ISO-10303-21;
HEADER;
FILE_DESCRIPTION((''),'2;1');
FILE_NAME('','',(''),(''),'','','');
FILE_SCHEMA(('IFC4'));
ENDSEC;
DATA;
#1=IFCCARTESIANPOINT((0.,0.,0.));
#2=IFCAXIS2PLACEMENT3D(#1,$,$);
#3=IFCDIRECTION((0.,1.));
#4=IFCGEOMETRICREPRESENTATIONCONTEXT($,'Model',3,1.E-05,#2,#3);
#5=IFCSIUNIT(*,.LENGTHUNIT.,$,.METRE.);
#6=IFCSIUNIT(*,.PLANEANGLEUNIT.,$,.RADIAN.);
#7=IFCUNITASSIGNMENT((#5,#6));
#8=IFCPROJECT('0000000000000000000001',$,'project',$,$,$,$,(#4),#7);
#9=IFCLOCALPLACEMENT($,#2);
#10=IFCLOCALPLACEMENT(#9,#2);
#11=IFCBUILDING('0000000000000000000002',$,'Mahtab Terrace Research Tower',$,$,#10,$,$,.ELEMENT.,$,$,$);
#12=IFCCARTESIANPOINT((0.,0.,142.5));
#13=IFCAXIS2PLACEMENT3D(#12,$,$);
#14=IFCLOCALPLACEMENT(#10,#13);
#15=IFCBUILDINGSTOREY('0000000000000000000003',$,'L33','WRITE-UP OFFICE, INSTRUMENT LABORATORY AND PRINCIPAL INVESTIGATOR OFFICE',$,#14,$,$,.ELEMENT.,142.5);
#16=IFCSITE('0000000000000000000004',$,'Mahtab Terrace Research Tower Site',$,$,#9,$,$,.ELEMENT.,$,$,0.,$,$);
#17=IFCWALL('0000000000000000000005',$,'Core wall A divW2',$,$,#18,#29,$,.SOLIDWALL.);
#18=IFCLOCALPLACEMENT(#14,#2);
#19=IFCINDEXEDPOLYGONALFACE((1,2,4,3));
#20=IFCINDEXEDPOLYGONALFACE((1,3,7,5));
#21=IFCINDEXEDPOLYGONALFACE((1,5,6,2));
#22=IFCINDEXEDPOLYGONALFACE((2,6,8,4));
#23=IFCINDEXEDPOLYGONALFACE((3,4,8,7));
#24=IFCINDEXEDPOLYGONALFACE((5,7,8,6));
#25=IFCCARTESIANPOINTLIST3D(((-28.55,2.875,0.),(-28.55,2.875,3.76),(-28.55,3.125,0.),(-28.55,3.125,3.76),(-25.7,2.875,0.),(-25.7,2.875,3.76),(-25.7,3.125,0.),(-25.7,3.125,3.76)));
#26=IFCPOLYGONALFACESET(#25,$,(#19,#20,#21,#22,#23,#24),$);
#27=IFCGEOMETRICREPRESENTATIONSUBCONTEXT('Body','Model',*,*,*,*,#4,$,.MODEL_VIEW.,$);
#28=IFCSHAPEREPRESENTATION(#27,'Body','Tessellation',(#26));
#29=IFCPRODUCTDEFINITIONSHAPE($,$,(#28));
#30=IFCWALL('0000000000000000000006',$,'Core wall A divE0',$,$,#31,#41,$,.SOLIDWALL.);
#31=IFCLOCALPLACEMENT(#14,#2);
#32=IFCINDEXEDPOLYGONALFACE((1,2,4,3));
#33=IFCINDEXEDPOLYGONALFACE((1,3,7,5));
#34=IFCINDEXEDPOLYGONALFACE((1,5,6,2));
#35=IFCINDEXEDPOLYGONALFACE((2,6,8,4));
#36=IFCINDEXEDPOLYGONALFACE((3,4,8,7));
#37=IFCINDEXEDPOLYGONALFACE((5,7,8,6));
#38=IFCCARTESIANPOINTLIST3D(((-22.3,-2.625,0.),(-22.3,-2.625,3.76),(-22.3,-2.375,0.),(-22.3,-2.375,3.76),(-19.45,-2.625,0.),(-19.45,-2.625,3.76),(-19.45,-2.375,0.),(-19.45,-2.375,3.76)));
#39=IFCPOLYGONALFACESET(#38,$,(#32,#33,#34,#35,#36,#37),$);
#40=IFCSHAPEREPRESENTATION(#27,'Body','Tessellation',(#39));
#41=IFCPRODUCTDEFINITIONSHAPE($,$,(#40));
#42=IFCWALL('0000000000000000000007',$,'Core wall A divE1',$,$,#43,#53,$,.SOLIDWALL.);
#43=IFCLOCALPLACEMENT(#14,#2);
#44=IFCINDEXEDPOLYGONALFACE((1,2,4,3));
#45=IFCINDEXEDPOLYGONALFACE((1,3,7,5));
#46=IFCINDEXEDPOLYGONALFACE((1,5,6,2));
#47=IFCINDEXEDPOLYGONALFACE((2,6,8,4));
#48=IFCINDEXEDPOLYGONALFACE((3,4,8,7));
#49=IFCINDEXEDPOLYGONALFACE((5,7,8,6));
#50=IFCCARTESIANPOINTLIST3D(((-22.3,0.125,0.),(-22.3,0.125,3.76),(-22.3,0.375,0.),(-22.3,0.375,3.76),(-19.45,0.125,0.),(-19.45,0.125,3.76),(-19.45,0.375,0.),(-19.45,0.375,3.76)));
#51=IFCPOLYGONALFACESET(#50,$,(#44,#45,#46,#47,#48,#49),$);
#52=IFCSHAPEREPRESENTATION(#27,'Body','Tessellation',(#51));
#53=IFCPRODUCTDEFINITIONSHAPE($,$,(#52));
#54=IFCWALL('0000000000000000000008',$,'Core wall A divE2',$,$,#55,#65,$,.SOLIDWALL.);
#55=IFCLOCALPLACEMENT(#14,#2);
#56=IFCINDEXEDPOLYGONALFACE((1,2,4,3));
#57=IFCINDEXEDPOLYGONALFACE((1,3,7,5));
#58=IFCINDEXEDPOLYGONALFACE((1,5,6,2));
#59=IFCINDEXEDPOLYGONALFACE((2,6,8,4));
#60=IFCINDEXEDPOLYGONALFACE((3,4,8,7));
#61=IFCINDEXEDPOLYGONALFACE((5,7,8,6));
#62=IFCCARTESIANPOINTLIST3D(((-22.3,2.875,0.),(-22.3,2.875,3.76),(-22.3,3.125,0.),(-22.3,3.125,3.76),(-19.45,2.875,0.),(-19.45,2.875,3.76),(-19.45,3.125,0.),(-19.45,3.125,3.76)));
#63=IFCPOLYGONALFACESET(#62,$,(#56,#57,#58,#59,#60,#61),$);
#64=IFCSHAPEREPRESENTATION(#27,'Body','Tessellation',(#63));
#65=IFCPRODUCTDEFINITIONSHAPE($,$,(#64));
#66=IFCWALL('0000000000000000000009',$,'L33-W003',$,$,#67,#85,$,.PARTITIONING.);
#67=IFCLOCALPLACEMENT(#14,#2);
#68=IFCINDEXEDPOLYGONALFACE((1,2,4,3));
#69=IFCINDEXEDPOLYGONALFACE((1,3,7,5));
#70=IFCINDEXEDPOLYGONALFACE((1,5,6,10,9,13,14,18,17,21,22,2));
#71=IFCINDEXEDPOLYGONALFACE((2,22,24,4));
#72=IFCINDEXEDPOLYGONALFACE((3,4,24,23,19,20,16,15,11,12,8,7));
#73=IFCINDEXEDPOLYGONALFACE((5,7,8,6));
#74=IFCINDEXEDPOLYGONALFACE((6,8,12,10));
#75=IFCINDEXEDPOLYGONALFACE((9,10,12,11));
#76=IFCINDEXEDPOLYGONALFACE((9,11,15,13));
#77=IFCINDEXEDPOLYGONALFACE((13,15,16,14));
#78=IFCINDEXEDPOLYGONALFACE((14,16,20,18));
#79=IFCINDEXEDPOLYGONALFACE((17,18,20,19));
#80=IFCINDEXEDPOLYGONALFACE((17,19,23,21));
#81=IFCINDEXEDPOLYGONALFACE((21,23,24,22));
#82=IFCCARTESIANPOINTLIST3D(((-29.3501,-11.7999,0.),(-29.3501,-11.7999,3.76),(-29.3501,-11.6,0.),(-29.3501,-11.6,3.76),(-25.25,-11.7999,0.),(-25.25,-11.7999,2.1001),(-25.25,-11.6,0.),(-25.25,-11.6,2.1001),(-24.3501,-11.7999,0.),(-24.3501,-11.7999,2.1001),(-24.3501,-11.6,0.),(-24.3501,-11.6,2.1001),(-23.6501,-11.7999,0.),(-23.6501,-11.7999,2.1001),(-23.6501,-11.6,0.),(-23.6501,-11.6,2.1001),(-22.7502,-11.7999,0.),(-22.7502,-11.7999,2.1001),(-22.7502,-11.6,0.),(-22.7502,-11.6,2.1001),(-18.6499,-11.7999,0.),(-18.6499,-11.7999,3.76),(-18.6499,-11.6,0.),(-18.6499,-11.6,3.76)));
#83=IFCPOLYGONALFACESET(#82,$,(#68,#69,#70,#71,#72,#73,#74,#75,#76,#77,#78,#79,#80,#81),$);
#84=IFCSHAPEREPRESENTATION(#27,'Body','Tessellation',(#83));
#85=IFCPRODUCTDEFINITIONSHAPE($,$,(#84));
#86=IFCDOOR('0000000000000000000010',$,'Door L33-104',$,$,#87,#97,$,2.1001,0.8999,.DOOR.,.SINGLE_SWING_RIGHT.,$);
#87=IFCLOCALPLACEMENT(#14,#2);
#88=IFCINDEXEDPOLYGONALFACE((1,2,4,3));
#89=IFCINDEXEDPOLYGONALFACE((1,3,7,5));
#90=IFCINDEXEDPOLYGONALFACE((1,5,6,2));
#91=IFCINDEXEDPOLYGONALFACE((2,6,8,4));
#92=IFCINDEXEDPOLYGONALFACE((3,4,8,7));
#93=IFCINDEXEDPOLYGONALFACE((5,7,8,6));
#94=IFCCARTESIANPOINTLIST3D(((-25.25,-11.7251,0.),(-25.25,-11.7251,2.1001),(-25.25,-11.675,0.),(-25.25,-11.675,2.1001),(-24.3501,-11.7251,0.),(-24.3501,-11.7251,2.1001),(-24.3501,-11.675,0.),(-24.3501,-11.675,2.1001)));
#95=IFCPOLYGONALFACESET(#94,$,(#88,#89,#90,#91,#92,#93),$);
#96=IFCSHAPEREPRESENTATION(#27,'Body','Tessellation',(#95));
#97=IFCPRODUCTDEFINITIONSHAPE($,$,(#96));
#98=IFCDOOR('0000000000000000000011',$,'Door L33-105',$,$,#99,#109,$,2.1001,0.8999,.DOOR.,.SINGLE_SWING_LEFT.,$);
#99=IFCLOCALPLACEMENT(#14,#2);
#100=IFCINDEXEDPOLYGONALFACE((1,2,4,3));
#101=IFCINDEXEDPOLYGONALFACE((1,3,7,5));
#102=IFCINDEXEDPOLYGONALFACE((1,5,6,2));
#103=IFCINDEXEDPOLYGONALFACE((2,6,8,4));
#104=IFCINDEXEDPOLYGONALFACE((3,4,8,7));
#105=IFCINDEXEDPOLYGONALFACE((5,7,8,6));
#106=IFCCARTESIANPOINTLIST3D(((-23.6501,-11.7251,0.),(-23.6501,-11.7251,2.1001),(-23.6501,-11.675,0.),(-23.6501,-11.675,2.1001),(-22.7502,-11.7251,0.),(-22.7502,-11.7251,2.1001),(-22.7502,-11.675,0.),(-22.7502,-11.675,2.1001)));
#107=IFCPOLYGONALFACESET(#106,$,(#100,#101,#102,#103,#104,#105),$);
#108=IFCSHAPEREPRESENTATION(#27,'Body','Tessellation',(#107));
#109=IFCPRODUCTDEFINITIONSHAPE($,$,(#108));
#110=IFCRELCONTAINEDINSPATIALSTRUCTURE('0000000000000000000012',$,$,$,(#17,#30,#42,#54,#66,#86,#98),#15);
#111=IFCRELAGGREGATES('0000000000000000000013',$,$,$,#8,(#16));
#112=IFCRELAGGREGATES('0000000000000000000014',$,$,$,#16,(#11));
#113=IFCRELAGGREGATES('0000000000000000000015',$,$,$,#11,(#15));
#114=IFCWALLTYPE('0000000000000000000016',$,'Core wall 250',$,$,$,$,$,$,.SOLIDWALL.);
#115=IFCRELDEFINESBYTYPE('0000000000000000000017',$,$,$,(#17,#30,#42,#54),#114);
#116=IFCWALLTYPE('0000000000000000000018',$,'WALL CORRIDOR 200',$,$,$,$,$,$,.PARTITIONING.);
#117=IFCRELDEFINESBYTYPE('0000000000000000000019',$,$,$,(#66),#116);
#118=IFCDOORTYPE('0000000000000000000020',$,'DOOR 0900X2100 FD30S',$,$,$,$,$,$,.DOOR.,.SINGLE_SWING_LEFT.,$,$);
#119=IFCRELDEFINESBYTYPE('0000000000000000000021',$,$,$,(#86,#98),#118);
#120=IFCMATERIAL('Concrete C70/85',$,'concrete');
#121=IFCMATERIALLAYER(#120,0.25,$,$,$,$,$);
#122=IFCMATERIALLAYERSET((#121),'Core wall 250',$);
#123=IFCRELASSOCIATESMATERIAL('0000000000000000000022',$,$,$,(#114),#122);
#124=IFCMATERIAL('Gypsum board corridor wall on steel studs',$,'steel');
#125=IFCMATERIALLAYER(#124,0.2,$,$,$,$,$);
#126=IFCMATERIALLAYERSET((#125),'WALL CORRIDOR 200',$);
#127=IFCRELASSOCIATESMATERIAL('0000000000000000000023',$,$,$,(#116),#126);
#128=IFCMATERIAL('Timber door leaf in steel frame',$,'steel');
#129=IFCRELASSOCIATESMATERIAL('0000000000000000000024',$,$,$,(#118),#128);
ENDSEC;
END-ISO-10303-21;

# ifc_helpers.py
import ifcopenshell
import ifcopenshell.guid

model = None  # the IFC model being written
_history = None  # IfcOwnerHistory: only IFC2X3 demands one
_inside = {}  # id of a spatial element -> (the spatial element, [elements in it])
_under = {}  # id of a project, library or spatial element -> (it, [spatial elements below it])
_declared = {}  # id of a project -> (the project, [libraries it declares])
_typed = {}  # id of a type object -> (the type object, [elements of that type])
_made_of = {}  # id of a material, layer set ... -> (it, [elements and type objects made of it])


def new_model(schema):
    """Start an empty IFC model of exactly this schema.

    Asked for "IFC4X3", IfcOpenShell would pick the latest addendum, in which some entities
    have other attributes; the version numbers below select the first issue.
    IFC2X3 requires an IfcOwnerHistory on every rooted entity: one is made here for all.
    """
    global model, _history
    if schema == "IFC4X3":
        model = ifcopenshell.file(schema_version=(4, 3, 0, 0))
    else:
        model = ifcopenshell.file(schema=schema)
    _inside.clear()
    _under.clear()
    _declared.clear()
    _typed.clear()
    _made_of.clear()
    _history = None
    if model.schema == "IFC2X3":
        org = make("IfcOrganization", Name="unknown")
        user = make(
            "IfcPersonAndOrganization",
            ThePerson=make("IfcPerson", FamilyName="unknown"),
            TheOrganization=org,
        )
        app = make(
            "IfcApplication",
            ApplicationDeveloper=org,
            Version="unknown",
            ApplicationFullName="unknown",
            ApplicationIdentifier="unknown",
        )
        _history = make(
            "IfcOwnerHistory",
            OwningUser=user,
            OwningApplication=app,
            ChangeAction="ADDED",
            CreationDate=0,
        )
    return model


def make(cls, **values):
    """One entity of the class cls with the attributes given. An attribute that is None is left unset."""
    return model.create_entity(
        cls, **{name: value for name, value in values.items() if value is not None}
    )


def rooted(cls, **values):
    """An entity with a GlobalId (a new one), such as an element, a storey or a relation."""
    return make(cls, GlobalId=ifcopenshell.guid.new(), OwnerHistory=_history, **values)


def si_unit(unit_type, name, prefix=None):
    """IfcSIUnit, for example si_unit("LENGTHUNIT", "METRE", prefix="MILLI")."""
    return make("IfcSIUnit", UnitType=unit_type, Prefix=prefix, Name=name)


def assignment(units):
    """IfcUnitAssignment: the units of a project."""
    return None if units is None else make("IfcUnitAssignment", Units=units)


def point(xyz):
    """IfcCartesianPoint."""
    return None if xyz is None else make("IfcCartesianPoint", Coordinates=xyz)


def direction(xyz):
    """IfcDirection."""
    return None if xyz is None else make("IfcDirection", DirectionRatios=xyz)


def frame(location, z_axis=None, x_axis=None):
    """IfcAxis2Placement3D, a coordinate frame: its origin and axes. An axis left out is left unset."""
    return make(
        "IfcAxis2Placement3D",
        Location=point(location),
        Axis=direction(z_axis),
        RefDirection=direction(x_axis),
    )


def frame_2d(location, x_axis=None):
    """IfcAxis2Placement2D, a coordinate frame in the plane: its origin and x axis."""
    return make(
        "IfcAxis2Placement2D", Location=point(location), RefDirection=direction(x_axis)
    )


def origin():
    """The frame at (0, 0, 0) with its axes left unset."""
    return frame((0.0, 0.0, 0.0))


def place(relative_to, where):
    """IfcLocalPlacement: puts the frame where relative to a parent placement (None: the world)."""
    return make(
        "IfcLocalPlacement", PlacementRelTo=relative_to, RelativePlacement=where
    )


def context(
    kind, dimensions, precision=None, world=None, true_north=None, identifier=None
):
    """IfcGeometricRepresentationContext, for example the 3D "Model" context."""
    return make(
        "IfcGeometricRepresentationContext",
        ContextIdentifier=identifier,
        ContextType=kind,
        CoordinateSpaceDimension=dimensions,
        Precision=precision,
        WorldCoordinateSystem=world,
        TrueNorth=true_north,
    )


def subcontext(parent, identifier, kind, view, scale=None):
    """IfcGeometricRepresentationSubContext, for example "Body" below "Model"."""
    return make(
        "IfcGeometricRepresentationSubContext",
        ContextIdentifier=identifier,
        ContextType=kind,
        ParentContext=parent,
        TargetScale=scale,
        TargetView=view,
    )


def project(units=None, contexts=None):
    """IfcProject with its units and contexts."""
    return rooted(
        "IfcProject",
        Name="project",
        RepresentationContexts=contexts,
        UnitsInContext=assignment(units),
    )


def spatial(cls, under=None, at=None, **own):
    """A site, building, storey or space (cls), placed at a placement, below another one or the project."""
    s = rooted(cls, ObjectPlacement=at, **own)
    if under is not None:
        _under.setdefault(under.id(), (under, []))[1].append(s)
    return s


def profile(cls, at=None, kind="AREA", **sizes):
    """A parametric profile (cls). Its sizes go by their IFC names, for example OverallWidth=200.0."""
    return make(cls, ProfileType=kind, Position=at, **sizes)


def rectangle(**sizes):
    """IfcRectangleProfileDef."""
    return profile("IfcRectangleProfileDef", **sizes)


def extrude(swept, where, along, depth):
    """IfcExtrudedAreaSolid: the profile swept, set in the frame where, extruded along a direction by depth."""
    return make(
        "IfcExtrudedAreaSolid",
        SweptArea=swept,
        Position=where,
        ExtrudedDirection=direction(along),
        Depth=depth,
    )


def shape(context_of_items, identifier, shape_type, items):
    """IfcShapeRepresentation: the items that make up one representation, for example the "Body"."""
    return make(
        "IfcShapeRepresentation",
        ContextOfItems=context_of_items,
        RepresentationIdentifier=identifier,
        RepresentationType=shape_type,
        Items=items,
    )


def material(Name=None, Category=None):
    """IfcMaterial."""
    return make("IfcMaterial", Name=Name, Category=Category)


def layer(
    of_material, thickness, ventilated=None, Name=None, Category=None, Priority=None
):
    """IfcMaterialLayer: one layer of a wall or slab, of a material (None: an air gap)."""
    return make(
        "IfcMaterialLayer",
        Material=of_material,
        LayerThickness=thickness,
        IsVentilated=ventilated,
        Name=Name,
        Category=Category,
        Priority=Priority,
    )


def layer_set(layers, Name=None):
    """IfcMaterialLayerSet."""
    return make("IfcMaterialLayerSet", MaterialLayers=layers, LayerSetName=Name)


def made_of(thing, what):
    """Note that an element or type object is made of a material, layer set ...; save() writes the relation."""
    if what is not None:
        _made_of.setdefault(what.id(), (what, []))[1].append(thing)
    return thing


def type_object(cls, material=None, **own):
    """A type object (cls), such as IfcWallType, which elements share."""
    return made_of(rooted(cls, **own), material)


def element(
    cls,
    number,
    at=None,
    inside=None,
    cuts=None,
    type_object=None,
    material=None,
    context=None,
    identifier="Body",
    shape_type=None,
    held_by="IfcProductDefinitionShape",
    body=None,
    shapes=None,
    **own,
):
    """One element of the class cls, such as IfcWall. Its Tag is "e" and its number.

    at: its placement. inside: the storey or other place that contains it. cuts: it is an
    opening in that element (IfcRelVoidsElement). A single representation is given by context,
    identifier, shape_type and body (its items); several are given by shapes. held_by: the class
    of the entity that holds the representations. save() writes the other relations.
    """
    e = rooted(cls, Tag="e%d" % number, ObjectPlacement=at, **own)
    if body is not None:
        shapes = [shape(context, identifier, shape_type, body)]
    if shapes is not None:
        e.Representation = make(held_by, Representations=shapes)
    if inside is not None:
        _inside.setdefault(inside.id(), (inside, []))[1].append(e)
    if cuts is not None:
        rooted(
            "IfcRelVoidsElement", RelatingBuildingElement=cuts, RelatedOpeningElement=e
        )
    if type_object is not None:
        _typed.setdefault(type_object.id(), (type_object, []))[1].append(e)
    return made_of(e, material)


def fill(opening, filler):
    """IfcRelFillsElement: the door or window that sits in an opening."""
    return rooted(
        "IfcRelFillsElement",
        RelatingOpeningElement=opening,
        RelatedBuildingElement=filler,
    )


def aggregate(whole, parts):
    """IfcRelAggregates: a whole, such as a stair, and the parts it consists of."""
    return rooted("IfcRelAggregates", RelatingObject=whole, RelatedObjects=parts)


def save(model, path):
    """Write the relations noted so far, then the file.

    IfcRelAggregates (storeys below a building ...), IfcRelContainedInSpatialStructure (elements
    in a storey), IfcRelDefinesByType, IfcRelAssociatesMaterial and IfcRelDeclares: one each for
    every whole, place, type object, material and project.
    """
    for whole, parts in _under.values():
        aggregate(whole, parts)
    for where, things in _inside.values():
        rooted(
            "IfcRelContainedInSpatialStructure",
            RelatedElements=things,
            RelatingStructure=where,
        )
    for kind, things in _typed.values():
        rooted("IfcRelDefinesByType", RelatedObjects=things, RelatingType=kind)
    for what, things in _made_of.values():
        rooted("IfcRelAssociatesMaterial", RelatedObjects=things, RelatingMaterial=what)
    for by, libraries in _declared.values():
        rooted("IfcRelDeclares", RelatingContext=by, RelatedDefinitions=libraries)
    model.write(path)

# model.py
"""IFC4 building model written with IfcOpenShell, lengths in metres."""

from ifc_helpers import new_model, si_unit, direction, frame, frame_2d, origin, place, context, subcontext, project, spatial, rectangle, extrude, material, layer, layer_set, type_object, element, fill, save


model = new_model("IFC4")

# Units and contexts
model_context = context("Model", 3, precision=1e-05, world=origin(), true_north=direction((0.0, 1.0)))
body_context = subcontext(model_context, "Body", "Model", "MODEL_VIEW")
ifc_project = project(units=[si_unit("LENGTHUNIT", "METRE"), si_unit("PLANEANGLEUNIT", "RADIAN")], contexts=[model_context])

# Site, building, storey
site_placement = place(None, origin())
site = spatial("IfcSite", under=ifc_project, at=site_placement, Name="Mahtab Terrace Research Tower Site", CompositionType="ELEMENT", RefElevation=0.0)
building_placement = place(site_placement, origin())
building = spatial("IfcBuilding", under=site, at=building_placement, Name="Mahtab Terrace Research Tower", CompositionType="ELEMENT")
storey_placement = place(building_placement, frame((0.0, 0.0, 142.5)))
storey = spatial("IfcBuildingStorey", under=building, at=storey_placement, Name="L33", Description="WRITE-UP OFFICE, INSTRUMENT LABORATORY AND PRINCIPAL INVESTIGATOR OFFICE", CompositionType="ELEMENT", Elevation=142.5)

# Shared definitions
ifc_material_1 = material(Name="Concrete C70/85", Category="concrete")

# Shared definitions
ifc_layer_1 = layer(ifc_material_1, 0.25)
ifc_layer_set_1 = layer_set([ifc_layer_1], Name="Core wall 250")
wall_type_1 = type_object("IfcWallType", Name="Core wall 250", PredefinedType="SOLIDWALL", material=ifc_layer_set_1)

# Walls
for number, where, z_axis, x_axis, name in (
    (1, (-28.55, 3.0, 0.0), (0.0, 0.0, 1.0), (1.0, 0.0, 0.0), "Core wall A divW2"),
    (2, (-22.3, -2.5, 0.0), (0.0, 0.0, 1.0), (1.0, 0.0, 0.0), "Core wall A divE0"),
    (3, (-22.3, 0.25, 0.0), (0.0, 0.0, 1.0), (1.0, 0.0, 0.0), "Core wall A divE1"),
    (4, (-22.3, 3.0, 0.0), (0.0, 0.0, 1.0), (1.0, 0.0, 0.0), "Core wall A divE2"),
):
    element("IfcWall", number, at=place(storey_placement, frame(where, z_axis=z_axis, x_axis=x_axis)), inside=storey, type_object=wall_type_1, Name=name, PredefinedType="SOLIDWALL", context=body_context, shape_type="SweptSolid", body=[
        extrude(rectangle(XDim=2.8501, YDim=0.25, at=frame_2d((1.425, 0.0))), origin(), (0.0, 0.0, 1.0), 3.76),
    ])

# Wall, openings, doors
ifc_material_2 = material(Name="Gypsum board corridor wall on steel studs", Category="steel")
ifc_layer_2 = layer(ifc_material_2, 0.2)
ifc_layer_set_2 = layer_set([ifc_layer_2], Name="WALL CORRIDOR 200")
wall_type_2 = type_object("IfcWallType", Name="WALL CORRIDOR 200", PredefinedType="PARTITIONING", material=ifc_layer_set_2)
wall_1_placement = place(storey_placement, frame((-29.3501, -11.7, 0.0), z_axis=(0.0, 0.0, 1.0), x_axis=(1.0, 0.0, 0.0)))
wall_1 = element("IfcWall", 5, at=wall_1_placement, inside=storey, type_object=wall_type_2, Name="L33-W003", PredefinedType="PARTITIONING", context=body_context, shape_type="SweptSolid", body=[
    extrude(rectangle(XDim=10.7002, YDim=0.2, at=frame_2d((5.3501, 0.0))), origin(), (0.0, 0.0, 1.0), 3.76),
])
opening_1_placement = place(wall_1_placement, frame((4.1001, 0.0, 0.0)))
opening_1 = element("IfcOpeningElement", 6, at=opening_1_placement, cuts=wall_1, PredefinedType="OPENING", context=body_context, shape_type="SweptSolid", body=[
    extrude(rectangle(XDim=0.8999, YDim=2.1001, at=frame_2d((0.45, 1.05))), frame((0.0, 0.1099, 0.0), z_axis=(0.0, -1.0, 0.0), x_axis=(1.0, 0.0, 0.0)), (0.0, 0.0, 1.0), 0.22),
])
opening_2_placement = place(wall_1_placement, frame((5.7, 0.0, 0.0)))
opening_2 = element("IfcOpeningElement", 7, at=opening_2_placement, cuts=wall_1, PredefinedType="OPENING", context=body_context, shape_type="SweptSolid", body=[
    extrude(rectangle(XDim=0.8999, YDim=2.1001, at=frame_2d((0.45, 1.05))), frame((0.0, 0.1099, 0.0), z_axis=(0.0, -1.0, 0.0), x_axis=(1.0, 0.0, 0.0)), (0.0, 0.0, 1.0), 0.22),
])
ifc_material_3 = material(Name="Timber door leaf in steel frame", Category="steel")
door_type_1 = type_object("IfcDoorType", Name="DOOR 0900X2100 FD30S", OperationType="SINGLE_SWING_LEFT", PredefinedType="DOOR", material=ifc_material_3)
door_1_placement = place(opening_1_placement, origin())
door_1 = element("IfcDoor", 8, at=door_1_placement, inside=storey, type_object=door_type_1, Name="Door L33-104", OperationType="SINGLE_SWING_RIGHT", OverallHeight=2.1001, OverallWidth=0.8999, PredefinedType="DOOR", context=body_context, shape_type="SweptSolid", body=[
    extrude(rectangle(XDim=0.8999, YDim=2.1001, at=frame_2d((0.45, 1.05))), frame((0.0, 0.0249, 0.0), z_axis=(0.0, -1.0, 0.0), x_axis=(1.0, 0.0, 0.0)), (0.0, 0.0, 1.0), 0.05),
])
fill(opening_1, door_1)
door_2_placement = place(opening_2_placement, origin())
door_2 = element("IfcDoor", 9, at=door_2_placement, inside=storey, type_object=door_type_1, Name="Door L33-105", OperationType="SINGLE_SWING_LEFT", OverallHeight=2.1001, OverallWidth=0.8999, PredefinedType="DOOR", context=body_context, shape_type="SweptSolid", body=[
    extrude(rectangle(XDim=0.8999, YDim=2.1001, at=frame_2d((0.45, 1.05))), frame((0.0, 0.0249, 0.0), z_axis=(0.0, -1.0, 0.0), x_axis=(1.0, 0.0, 0.0)), (0.0, 0.0, 1.0), 0.05),
])
fill(opening_2, door_2)

save(model, "model.ifc")
